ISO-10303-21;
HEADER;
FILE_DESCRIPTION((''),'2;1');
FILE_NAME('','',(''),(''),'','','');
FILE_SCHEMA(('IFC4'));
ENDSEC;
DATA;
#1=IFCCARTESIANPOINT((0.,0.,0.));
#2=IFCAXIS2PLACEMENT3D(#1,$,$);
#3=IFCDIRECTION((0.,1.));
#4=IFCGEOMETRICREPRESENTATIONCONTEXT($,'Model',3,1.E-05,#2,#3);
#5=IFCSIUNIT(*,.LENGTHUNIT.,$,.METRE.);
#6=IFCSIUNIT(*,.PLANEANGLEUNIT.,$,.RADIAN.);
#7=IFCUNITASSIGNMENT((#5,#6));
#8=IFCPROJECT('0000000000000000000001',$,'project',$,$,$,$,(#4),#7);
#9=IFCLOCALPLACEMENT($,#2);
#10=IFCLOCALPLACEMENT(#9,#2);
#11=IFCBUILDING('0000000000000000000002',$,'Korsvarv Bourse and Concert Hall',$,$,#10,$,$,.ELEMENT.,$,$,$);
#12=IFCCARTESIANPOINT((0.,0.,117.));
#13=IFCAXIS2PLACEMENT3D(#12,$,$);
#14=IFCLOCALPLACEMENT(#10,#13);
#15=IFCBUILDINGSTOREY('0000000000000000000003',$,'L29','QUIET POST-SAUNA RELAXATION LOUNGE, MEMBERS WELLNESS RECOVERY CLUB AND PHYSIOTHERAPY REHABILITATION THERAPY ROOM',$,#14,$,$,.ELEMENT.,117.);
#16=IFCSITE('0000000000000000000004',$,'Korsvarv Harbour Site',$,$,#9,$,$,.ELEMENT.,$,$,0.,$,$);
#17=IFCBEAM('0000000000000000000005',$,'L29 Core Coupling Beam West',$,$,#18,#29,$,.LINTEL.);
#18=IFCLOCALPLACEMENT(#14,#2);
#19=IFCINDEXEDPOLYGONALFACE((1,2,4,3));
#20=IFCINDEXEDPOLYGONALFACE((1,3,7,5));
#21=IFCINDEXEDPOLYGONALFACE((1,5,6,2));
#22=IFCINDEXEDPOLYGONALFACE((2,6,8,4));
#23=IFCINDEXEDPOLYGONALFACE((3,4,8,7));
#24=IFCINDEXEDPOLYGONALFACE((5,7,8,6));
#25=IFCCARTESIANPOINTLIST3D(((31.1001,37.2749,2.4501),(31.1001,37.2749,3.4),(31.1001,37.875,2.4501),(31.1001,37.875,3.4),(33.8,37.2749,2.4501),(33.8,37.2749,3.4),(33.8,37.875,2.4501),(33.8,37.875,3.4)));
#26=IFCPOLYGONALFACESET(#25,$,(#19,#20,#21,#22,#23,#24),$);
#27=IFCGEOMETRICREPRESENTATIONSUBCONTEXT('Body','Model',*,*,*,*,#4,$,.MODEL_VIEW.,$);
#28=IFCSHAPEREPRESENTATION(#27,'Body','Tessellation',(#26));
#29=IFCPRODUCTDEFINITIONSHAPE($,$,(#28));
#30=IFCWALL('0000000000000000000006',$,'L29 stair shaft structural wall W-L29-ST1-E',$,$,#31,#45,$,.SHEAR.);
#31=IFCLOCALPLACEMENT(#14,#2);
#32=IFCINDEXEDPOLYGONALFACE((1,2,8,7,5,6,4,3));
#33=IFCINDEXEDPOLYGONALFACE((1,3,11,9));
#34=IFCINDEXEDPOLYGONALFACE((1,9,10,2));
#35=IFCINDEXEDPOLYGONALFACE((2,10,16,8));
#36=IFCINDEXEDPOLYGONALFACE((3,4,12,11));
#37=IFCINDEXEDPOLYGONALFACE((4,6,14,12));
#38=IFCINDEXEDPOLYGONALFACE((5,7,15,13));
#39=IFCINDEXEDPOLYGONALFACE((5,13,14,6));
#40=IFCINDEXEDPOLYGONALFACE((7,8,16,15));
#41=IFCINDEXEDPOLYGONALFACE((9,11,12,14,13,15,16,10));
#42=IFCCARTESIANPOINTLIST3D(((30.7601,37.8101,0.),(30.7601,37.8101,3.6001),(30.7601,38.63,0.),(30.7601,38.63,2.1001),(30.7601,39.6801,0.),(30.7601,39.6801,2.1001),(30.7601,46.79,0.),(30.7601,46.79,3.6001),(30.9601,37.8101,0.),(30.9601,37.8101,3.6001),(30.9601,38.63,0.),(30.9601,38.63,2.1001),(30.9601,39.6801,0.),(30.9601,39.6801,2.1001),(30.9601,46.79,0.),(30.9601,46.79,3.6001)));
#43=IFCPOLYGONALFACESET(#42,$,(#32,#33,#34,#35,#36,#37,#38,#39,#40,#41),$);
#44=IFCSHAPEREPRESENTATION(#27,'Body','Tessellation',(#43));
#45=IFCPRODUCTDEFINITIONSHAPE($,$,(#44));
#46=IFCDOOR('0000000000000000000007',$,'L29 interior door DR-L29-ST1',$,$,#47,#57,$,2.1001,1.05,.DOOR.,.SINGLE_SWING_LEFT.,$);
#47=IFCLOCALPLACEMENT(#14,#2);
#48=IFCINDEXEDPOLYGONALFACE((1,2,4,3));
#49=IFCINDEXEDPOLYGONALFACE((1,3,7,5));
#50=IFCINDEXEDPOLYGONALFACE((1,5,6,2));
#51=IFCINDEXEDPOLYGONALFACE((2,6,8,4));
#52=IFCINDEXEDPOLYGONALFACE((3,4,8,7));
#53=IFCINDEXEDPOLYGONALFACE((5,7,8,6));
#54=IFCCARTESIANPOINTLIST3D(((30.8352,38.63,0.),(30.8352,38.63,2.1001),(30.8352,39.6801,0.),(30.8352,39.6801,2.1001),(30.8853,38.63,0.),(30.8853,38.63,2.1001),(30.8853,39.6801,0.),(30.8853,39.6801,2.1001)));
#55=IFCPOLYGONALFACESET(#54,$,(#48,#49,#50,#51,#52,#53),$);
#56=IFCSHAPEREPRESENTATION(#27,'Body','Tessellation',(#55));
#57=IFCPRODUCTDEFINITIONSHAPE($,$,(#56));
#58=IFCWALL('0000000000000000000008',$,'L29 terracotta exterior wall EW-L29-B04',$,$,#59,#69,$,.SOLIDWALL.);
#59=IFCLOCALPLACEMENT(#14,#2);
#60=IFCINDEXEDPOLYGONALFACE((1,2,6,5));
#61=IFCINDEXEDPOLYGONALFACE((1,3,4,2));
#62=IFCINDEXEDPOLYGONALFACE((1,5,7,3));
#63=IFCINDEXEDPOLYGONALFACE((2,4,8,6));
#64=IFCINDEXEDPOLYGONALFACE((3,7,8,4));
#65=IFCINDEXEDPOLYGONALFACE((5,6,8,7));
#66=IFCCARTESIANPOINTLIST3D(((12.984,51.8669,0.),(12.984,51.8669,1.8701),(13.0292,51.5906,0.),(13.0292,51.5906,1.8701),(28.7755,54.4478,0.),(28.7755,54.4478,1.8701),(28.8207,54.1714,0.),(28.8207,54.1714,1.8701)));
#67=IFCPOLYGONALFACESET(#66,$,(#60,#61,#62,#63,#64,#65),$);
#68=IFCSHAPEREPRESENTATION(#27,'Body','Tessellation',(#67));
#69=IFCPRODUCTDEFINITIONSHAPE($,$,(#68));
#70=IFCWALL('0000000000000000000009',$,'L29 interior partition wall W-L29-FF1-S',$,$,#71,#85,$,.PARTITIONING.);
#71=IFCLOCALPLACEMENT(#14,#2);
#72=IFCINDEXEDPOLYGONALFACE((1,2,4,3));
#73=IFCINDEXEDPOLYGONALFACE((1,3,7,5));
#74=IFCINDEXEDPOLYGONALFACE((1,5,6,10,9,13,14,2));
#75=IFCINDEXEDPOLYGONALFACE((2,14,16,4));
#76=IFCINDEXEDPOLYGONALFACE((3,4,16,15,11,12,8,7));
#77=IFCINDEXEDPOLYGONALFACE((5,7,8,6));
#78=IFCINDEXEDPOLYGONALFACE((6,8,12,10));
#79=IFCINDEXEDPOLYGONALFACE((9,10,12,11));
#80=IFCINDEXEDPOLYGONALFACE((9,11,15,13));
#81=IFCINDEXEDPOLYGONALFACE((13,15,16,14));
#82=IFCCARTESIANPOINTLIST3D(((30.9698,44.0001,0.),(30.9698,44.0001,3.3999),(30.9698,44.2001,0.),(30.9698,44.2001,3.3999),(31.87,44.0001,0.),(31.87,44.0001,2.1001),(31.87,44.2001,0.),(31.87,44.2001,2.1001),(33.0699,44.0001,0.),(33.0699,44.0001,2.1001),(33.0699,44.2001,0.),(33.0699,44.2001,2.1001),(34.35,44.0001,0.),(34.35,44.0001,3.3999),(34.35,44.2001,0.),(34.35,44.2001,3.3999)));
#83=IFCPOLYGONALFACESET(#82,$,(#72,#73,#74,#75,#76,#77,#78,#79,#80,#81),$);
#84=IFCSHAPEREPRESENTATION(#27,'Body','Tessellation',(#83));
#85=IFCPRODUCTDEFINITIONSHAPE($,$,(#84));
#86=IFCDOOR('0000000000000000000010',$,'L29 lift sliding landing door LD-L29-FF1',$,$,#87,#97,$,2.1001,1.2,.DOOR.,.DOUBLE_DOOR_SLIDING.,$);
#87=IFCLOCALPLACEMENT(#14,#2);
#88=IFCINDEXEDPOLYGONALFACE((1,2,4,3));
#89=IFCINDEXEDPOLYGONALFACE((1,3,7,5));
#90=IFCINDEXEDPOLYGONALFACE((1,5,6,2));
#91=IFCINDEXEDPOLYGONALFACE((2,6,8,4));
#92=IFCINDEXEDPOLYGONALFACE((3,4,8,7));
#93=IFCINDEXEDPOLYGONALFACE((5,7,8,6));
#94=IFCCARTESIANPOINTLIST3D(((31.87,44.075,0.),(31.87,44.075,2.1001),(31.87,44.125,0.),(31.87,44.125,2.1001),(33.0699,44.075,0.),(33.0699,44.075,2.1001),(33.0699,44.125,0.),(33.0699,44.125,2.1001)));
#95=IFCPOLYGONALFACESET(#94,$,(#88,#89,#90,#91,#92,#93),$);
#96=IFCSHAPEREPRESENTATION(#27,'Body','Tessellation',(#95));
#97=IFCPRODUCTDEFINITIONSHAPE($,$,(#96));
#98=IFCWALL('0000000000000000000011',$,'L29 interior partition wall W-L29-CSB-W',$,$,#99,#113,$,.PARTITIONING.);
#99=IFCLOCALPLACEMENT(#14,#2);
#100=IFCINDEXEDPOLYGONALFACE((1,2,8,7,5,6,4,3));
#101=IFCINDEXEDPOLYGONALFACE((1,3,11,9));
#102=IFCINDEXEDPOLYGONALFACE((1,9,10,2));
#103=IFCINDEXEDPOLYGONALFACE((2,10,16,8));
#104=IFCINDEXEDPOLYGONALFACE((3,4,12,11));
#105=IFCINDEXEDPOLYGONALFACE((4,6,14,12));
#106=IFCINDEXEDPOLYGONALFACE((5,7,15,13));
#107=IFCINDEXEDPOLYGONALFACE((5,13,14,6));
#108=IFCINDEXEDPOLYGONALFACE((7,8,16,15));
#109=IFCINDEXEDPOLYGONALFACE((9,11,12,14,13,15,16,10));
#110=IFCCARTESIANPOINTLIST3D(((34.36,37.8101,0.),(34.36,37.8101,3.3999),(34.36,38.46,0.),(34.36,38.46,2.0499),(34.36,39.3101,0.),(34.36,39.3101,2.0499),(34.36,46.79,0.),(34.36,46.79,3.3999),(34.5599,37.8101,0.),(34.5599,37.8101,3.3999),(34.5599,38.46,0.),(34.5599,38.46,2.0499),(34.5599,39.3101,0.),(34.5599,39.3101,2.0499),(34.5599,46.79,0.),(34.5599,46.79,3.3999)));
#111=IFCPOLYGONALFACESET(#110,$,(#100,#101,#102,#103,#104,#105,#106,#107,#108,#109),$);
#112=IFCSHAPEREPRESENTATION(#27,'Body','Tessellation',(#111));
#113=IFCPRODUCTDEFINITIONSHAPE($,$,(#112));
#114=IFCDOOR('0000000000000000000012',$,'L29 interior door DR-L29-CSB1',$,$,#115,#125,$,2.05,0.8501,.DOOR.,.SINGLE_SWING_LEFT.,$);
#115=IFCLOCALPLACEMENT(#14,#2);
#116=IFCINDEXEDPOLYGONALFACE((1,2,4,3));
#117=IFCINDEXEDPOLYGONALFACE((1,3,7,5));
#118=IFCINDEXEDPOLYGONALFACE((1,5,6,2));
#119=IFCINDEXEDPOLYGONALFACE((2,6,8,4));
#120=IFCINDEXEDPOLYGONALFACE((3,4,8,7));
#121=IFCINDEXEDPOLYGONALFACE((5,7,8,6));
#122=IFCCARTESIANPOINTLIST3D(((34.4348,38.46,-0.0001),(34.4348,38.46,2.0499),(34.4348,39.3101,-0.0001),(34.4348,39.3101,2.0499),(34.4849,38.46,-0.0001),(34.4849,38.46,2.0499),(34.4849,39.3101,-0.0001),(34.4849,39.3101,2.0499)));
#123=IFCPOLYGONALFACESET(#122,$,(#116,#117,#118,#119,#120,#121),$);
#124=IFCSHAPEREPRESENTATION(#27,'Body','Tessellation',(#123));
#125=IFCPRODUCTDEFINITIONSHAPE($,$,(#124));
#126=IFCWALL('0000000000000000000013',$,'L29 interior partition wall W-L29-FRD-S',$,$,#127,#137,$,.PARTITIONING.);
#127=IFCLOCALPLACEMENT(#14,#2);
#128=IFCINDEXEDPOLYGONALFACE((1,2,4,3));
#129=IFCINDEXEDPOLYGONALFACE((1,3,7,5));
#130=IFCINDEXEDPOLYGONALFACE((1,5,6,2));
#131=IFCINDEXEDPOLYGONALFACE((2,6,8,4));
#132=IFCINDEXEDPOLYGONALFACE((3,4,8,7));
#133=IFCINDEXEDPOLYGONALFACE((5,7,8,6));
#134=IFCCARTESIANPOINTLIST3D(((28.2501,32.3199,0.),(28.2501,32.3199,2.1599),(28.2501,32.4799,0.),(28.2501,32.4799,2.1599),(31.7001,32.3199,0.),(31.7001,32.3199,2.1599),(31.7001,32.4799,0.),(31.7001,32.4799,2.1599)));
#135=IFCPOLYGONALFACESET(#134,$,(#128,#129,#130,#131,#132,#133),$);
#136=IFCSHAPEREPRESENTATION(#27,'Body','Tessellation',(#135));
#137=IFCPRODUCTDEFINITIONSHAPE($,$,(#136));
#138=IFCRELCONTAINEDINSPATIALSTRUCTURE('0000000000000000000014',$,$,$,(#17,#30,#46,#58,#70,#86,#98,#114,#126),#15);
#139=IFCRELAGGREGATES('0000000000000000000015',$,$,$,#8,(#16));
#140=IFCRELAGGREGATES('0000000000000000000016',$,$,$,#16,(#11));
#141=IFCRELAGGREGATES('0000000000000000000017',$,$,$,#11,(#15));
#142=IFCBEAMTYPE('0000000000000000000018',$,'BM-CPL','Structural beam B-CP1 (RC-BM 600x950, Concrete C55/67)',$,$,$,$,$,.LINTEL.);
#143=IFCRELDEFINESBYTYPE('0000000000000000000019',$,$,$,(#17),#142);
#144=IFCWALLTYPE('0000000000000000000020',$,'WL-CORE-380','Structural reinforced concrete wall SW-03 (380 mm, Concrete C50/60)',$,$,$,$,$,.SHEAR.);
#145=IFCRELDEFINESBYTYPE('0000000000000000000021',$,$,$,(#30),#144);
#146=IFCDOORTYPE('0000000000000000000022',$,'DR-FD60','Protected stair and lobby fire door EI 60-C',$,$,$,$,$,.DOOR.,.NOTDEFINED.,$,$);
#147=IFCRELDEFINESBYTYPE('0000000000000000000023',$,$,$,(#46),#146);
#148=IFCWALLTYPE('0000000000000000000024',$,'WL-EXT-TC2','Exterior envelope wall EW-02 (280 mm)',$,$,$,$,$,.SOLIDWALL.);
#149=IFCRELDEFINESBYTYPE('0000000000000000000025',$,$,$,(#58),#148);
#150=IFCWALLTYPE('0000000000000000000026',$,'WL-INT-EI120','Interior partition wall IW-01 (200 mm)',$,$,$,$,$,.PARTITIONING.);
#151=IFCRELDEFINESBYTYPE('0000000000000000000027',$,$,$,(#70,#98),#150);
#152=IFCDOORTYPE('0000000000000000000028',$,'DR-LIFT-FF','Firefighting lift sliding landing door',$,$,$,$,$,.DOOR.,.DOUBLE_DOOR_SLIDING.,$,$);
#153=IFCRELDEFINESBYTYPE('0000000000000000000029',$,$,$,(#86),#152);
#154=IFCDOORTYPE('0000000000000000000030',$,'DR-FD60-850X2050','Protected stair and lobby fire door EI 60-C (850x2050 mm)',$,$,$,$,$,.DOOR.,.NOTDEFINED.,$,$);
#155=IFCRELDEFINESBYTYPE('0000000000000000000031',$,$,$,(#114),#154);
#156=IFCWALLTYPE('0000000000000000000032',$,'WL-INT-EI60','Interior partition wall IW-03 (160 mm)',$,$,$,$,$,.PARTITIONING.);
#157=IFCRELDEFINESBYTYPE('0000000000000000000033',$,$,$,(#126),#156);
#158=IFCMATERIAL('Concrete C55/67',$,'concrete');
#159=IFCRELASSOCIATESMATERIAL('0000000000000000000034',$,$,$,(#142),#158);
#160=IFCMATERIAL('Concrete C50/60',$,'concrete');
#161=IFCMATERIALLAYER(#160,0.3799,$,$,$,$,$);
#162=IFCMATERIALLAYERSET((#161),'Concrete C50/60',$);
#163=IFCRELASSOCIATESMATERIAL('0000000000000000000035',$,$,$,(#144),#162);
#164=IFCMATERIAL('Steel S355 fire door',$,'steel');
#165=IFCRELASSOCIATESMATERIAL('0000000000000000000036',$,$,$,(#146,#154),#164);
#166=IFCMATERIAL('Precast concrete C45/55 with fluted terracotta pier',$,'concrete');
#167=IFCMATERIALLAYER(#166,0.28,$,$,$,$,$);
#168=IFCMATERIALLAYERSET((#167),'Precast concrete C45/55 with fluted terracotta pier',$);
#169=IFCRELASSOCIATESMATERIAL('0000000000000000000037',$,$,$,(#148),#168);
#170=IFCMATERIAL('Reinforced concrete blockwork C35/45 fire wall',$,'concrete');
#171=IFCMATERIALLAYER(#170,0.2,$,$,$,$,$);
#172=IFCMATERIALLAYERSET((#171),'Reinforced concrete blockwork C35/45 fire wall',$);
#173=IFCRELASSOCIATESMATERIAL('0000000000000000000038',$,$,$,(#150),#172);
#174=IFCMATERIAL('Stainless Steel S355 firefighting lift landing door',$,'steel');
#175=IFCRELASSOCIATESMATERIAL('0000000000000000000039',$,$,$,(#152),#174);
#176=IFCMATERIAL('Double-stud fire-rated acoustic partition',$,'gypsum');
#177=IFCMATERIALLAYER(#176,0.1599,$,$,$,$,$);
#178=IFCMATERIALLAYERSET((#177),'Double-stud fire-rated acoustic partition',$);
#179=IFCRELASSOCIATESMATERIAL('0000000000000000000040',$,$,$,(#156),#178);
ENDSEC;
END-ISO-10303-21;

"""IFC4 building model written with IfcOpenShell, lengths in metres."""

from ifc_helpers import new_model, si_unit, direction, frame, frame_2d, origin, origin_2d, place, context, subcontext, project, spatial, rectangle, extrude, source, transform, mapped, material, layer, layer_set, material_profile, profile_set, type_object, element, fill, save


model = new_model("IFC4")

# Units and contexts
model_context = context("Model", 3, precision=1e-05, world=origin(), true_north=direction((0.0, 1.0)))
body_context = subcontext(model_context, "Body", "Model", "MODEL_VIEW")
ifc_project = project(units=[si_unit("LENGTHUNIT", "METRE"), si_unit("PLANEANGLEUNIT", "RADIAN")], contexts=[model_context])

# Site, building, storey
site_placement = place(None, origin())
site = spatial("IfcSite", under=ifc_project, at=site_placement, Name="Korsvarv Harbour Site", CompositionType="ELEMENT", RefElevation=0.0)
building_placement = place(site_placement, origin())
building = spatial("IfcBuilding", under=site, at=building_placement, Name="Korsvarv Bourse and Concert Hall", CompositionType="ELEMENT")
storey_placement = place(building_placement, frame((0.0, 0.0, 117.0)))
storey = spatial("IfcBuildingStorey", under=building, at=storey_placement, Name="L29", Description="QUIET POST-SAUNA RELAXATION LOUNGE, MEMBERS WELLNESS RECOVERY CLUB AND PHYSIOTHERAPY REHABILITATION THERAPY ROOM", CompositionType="ELEMENT", Elevation=117.0)

# Beam
ifc_material_1 = material(Name="Concrete C55/67", Category="concrete")
ifc_material_profile = material_profile(ifc_material_1, rectangle(XDim=0.6001, YDim=0.95, at=origin_2d()), Name="RC-BM 600x950")
ifc_profile_set = profile_set([ifc_material_profile], Name="Concrete C55/67")
beam_type = type_object("IfcBeamType", Name="BM-CPL", Description="Structural beam B-CP1 (RC-BM 600x950, Concrete C55/67)", PredefinedType="LINTEL", material=ifc_profile_set)
shared_shape = source(origin(), body_context, "Body", "SweptSolid", [
    extrude(rectangle(XDim=0.6001, YDim=0.95, at=origin_2d()), origin(), (0.0, 0.0, 1.0), 2.7),
])
beam_placement = place(storey_placement, frame((31.1001, 37.575, 2.925), z_axis=(1.0, 0.0, 0.0), x_axis=(0.0, 1.0, 0.0)))
element("IfcBeam", 1, at=beam_placement, inside=storey, type_object=beam_type, Name="L29 Core Coupling Beam West", PredefinedType="LINTEL", context=body_context, shape_type="MappedRepresentation", body=[
    mapped(shared_shape, transform((0.0, 0.0, 0.0), scale=1.0)),
])

# Wall, opening, door
ifc_material_2 = material(Name="Concrete C50/60", Category="concrete")
ifc_layer_1 = layer(ifc_material_2, 0.3799)
ifc_layer_set_1 = layer_set([ifc_layer_1], Name="Concrete C50/60")
wall_type_1 = type_object("IfcWallType", Name="WL-CORE-380", Description="Structural reinforced concrete wall SW-03 (380 mm, Concrete C50/60)", PredefinedType="SHEAR", material=ifc_layer_set_1)
wall_1_placement = place(storey_placement, frame((30.8601, 37.8101, 0.0), z_axis=(0.0, 0.0, 1.0), x_axis=(0.0, 1.0, 0.0)))
wall_1 = element("IfcWall", 2, at=wall_1_placement, inside=storey, type_object=wall_type_1, Name="L29 stair shaft structural wall W-L29-ST1-E", PredefinedType="SHEAR", context=body_context, shape_type="SweptSolid", body=[
    extrude(rectangle(XDim=8.98, YDim=0.2, at=frame_2d((4.49, 0.0))), origin(), (0.0, 0.0, 1.0), 3.6001),
])
opening_1_placement = place(wall_1_placement, frame((0.8201, 0.0, 0.0)))
opening_1 = element("IfcOpeningElement", 3, at=opening_1_placement, cuts=wall_1, PredefinedType="OPENING", context=body_context, shape_type="SweptSolid", body=[
    extrude(rectangle(XDim=1.05, YDim=2.1001, at=frame_2d((0.5249, 1.05))), frame((0.0, 0.1099, 0.0), z_axis=(0.0, -1.0, 0.0), x_axis=(1.0, 0.0, 0.0)), (0.0, 0.0, 1.0), 0.22),
])
ifc_material_3 = material(Name="Steel S355 fire door", Category="steel")
door_type_1 = type_object("IfcDoorType", Name="DR-FD60", Description="Protected stair and lobby fire door EI 60-C", OperationType="NOTDEFINED", PredefinedType="DOOR", material=ifc_material_3)
door_1_placement = place(opening_1_placement, origin())
door_1 = element("IfcDoor", 4, at=door_1_placement, inside=storey, type_object=door_type_1, Name="L29 interior door DR-L29-ST1", OperationType="SINGLE_SWING_LEFT", OverallHeight=2.1001, OverallWidth=1.05, PredefinedType="DOOR", context=body_context, shape_type="SweptSolid", body=[
    extrude(rectangle(XDim=1.05, YDim=2.1001, at=frame_2d((0.5249, 1.05))), frame((0.0, 0.0249, 0.0), z_axis=(0.0, -1.0, 0.0), x_axis=(1.0, 0.0, 0.0)), (0.0, 0.0, 1.0), 0.05),
])
fill(opening_1, door_1)

# Wall
ifc_material_4 = material(Name="Precast concrete C45/55 with fluted terracotta pier", Category="concrete")
ifc_layer_2 = layer(ifc_material_4, 0.28)
ifc_layer_set_2 = layer_set([ifc_layer_2], Name="Precast concrete C45/55 with fluted terracotta pier")
wall_type_2 = type_object("IfcWallType", Name="WL-EXT-TC2", Description="Exterior envelope wall EW-02 (280 mm)", PredefinedType="SOLIDWALL", material=ifc_layer_set_2)
wall_2_placement = place(storey_placement, frame((28.7981, 54.3096, 0.0), z_axis=(0.0, 0.0, 1.0), x_axis=(-0.986907, -0.161291, 0.0)))
element("IfcWall", 5, at=wall_2_placement, inside=storey, type_object=wall_type_2, Name="L29 terracotta exterior wall EW-L29-B04", PredefinedType="SOLIDWALL", context=body_context, shape_type="SweptSolid", body=[
    extrude(rectangle(XDim=16.001, YDim=0.28, at=frame_2d((8.0005, 0.0))), origin(), (0.0, 0.0, 1.0), 1.8701),
])

# Walls, openings, doors
ifc_material_5 = material(Name="Reinforced concrete blockwork C35/45 fire wall", Category="concrete")
ifc_layer_3 = layer(ifc_material_5, 0.2)
ifc_layer_set_3 = layer_set([ifc_layer_3], Name="Reinforced concrete blockwork C35/45 fire wall")
wall_type_3 = type_object("IfcWallType", Name="WL-INT-EI120", Description="Interior partition wall IW-01 (200 mm)", PredefinedType="PARTITIONING", material=ifc_layer_set_3)
wall_3_placement = place(storey_placement, frame((30.97, 44.1001, 0.0), z_axis=(0.0, 0.0, 1.0), x_axis=(1.0, 0.0, 0.0)))
wall_3 = element("IfcWall", 6, at=wall_3_placement, inside=storey, type_object=wall_type_3, Name="L29 interior partition wall W-L29-FF1-S", PredefinedType="PARTITIONING", context=body_context, shape_type="SweptSolid", body=[
    extrude(rectangle(XDim=3.3801, YDim=0.2, at=frame_2d((1.6899, 0.0))), origin(), (0.0, 0.0, 1.0), 3.3999),
])
opening_2_placement = place(wall_3_placement, frame((0.8999, 0.0, 0.0)))
opening_2 = element("IfcOpeningElement", 7, at=opening_2_placement, cuts=wall_3, PredefinedType="OPENING", context=body_context, shape_type="SweptSolid", body=[
    extrude(rectangle(XDim=1.2, YDim=2.1001, at=frame_2d((0.6001, 1.05))), frame((0.0, 0.1099, 0.0), z_axis=(0.0, -1.0, 0.0), x_axis=(1.0, 0.0, 0.0)), (0.0, 0.0, 1.0), 0.22),
])
ifc_material_6 = material(Name="Stainless Steel S355 firefighting lift landing door", Category="steel")
door_type_2 = type_object("IfcDoorType", Name="DR-LIFT-FF", Description="Firefighting lift sliding landing door", OperationType="DOUBLE_DOOR_SLIDING", PredefinedType="DOOR", material=ifc_material_6)
door_2_placement = place(opening_2_placement, origin())
door_2 = element("IfcDoor", 8, at=door_2_placement, inside=storey, type_object=door_type_2, Name="L29 lift sliding landing door LD-L29-FF1", OperationType="DOUBLE_DOOR_SLIDING", OverallHeight=2.1001, OverallWidth=1.2, PredefinedType="DOOR", context=body_context, shape_type="SweptSolid", body=[
    extrude(rectangle(XDim=1.2, YDim=2.1001, at=frame_2d((0.6001, 1.05))), frame((0.0, 0.0249, 0.0), z_axis=(0.0, -1.0, 0.0), x_axis=(1.0, 0.0, 0.0)), (0.0, 0.0, 1.0), 0.05),
])
fill(opening_2, door_2)
wall_4_placement = place(storey_placement, frame((34.46, 37.8101, 0.0), z_axis=(0.0, 0.0, 1.0), x_axis=(0.0, 1.0, 0.0)))
wall_4 = element("IfcWall", 9, at=wall_4_placement, inside=storey, type_object=wall_type_3, Name="L29 interior partition wall W-L29-CSB-W", PredefinedType="PARTITIONING", context=body_context, shape_type="SweptSolid", body=[
    extrude(rectangle(XDim=8.98, YDim=0.2, at=frame_2d((4.49, 0.0))), origin(), (0.0, 0.0, 1.0), 3.3999),
])
opening_3_placement = place(wall_4_placement, frame((0.6499, 0.0, 0.0)))
opening_3 = element("IfcOpeningElement", 10, at=opening_3_placement, cuts=wall_4, PredefinedType="OPENING", context=body_context, shape_type="SweptSolid", body=[
    extrude(rectangle(XDim=0.8501, YDim=2.05, at=frame_2d((0.425, 1.0249))), frame((0.0, 0.1099, 0.0), z_axis=(0.0, -1.0, 0.0), x_axis=(1.0, 0.0, 0.0)), (0.0, 0.0, 1.0), 0.22),
])
door_type_3 = type_object("IfcDoorType", Name="DR-FD60-850X2050", Description="Protected stair and lobby fire door EI 60-C (850x2050 mm)", OperationType="NOTDEFINED", PredefinedType="DOOR", material=ifc_material_3)
door_3_placement = place(opening_3_placement, frame((0.8501, 0.0, 0.0), z_axis=(0.0, 0.0, 1.0), x_axis=(-1.0, 0.0, 0.0)))
door_3 = element("IfcDoor", 11, at=door_3_placement, inside=storey, type_object=door_type_3, Name="L29 interior door DR-L29-CSB1", OperationType="SINGLE_SWING_LEFT", OverallHeight=2.05, OverallWidth=0.8501, PredefinedType="DOOR", context=body_context, shape_type="SweptSolid", body=[
    extrude(rectangle(XDim=0.8501, YDim=2.05, at=frame_2d((0.425, 1.0249))), frame((0.0, 0.0249, 0.0), z_axis=(0.0, -1.0, 0.0), x_axis=(1.0, 0.0, 0.0)), (0.0, 0.0, 1.0), 0.05),
])
fill(opening_3, door_3)

# Wall
ifc_material_7 = material(Name="Double-stud fire-rated acoustic partition", Category="gypsum")
ifc_layer_4 = layer(ifc_material_7, 0.1599)
ifc_layer_set_4 = layer_set([ifc_layer_4], Name="Double-stud fire-rated acoustic partition")
wall_type_4 = type_object("IfcWallType", Name="WL-INT-EI60", Description="Interior partition wall IW-03 (160 mm)", PredefinedType="PARTITIONING", material=ifc_layer_set_4)
wall_5_placement = place(storey_placement, frame((28.25, 32.3999, 0.0), z_axis=(0.0, 0.0, 1.0), x_axis=(1.0, 0.0, 0.0)))
element("IfcWall", 12, at=wall_5_placement, inside=storey, type_object=wall_type_4, Name="L29 interior partition wall W-L29-FRD-S", PredefinedType="PARTITIONING", context=body_context, shape_type="SweptSolid", body=[
    extrude(rectangle(XDim=3.45, YDim=0.1599, at=frame_2d((1.7251, 0.0))), origin(), (0.0, 0.0, 1.0), 2.1599),
])

save(model, "model.ifc")
